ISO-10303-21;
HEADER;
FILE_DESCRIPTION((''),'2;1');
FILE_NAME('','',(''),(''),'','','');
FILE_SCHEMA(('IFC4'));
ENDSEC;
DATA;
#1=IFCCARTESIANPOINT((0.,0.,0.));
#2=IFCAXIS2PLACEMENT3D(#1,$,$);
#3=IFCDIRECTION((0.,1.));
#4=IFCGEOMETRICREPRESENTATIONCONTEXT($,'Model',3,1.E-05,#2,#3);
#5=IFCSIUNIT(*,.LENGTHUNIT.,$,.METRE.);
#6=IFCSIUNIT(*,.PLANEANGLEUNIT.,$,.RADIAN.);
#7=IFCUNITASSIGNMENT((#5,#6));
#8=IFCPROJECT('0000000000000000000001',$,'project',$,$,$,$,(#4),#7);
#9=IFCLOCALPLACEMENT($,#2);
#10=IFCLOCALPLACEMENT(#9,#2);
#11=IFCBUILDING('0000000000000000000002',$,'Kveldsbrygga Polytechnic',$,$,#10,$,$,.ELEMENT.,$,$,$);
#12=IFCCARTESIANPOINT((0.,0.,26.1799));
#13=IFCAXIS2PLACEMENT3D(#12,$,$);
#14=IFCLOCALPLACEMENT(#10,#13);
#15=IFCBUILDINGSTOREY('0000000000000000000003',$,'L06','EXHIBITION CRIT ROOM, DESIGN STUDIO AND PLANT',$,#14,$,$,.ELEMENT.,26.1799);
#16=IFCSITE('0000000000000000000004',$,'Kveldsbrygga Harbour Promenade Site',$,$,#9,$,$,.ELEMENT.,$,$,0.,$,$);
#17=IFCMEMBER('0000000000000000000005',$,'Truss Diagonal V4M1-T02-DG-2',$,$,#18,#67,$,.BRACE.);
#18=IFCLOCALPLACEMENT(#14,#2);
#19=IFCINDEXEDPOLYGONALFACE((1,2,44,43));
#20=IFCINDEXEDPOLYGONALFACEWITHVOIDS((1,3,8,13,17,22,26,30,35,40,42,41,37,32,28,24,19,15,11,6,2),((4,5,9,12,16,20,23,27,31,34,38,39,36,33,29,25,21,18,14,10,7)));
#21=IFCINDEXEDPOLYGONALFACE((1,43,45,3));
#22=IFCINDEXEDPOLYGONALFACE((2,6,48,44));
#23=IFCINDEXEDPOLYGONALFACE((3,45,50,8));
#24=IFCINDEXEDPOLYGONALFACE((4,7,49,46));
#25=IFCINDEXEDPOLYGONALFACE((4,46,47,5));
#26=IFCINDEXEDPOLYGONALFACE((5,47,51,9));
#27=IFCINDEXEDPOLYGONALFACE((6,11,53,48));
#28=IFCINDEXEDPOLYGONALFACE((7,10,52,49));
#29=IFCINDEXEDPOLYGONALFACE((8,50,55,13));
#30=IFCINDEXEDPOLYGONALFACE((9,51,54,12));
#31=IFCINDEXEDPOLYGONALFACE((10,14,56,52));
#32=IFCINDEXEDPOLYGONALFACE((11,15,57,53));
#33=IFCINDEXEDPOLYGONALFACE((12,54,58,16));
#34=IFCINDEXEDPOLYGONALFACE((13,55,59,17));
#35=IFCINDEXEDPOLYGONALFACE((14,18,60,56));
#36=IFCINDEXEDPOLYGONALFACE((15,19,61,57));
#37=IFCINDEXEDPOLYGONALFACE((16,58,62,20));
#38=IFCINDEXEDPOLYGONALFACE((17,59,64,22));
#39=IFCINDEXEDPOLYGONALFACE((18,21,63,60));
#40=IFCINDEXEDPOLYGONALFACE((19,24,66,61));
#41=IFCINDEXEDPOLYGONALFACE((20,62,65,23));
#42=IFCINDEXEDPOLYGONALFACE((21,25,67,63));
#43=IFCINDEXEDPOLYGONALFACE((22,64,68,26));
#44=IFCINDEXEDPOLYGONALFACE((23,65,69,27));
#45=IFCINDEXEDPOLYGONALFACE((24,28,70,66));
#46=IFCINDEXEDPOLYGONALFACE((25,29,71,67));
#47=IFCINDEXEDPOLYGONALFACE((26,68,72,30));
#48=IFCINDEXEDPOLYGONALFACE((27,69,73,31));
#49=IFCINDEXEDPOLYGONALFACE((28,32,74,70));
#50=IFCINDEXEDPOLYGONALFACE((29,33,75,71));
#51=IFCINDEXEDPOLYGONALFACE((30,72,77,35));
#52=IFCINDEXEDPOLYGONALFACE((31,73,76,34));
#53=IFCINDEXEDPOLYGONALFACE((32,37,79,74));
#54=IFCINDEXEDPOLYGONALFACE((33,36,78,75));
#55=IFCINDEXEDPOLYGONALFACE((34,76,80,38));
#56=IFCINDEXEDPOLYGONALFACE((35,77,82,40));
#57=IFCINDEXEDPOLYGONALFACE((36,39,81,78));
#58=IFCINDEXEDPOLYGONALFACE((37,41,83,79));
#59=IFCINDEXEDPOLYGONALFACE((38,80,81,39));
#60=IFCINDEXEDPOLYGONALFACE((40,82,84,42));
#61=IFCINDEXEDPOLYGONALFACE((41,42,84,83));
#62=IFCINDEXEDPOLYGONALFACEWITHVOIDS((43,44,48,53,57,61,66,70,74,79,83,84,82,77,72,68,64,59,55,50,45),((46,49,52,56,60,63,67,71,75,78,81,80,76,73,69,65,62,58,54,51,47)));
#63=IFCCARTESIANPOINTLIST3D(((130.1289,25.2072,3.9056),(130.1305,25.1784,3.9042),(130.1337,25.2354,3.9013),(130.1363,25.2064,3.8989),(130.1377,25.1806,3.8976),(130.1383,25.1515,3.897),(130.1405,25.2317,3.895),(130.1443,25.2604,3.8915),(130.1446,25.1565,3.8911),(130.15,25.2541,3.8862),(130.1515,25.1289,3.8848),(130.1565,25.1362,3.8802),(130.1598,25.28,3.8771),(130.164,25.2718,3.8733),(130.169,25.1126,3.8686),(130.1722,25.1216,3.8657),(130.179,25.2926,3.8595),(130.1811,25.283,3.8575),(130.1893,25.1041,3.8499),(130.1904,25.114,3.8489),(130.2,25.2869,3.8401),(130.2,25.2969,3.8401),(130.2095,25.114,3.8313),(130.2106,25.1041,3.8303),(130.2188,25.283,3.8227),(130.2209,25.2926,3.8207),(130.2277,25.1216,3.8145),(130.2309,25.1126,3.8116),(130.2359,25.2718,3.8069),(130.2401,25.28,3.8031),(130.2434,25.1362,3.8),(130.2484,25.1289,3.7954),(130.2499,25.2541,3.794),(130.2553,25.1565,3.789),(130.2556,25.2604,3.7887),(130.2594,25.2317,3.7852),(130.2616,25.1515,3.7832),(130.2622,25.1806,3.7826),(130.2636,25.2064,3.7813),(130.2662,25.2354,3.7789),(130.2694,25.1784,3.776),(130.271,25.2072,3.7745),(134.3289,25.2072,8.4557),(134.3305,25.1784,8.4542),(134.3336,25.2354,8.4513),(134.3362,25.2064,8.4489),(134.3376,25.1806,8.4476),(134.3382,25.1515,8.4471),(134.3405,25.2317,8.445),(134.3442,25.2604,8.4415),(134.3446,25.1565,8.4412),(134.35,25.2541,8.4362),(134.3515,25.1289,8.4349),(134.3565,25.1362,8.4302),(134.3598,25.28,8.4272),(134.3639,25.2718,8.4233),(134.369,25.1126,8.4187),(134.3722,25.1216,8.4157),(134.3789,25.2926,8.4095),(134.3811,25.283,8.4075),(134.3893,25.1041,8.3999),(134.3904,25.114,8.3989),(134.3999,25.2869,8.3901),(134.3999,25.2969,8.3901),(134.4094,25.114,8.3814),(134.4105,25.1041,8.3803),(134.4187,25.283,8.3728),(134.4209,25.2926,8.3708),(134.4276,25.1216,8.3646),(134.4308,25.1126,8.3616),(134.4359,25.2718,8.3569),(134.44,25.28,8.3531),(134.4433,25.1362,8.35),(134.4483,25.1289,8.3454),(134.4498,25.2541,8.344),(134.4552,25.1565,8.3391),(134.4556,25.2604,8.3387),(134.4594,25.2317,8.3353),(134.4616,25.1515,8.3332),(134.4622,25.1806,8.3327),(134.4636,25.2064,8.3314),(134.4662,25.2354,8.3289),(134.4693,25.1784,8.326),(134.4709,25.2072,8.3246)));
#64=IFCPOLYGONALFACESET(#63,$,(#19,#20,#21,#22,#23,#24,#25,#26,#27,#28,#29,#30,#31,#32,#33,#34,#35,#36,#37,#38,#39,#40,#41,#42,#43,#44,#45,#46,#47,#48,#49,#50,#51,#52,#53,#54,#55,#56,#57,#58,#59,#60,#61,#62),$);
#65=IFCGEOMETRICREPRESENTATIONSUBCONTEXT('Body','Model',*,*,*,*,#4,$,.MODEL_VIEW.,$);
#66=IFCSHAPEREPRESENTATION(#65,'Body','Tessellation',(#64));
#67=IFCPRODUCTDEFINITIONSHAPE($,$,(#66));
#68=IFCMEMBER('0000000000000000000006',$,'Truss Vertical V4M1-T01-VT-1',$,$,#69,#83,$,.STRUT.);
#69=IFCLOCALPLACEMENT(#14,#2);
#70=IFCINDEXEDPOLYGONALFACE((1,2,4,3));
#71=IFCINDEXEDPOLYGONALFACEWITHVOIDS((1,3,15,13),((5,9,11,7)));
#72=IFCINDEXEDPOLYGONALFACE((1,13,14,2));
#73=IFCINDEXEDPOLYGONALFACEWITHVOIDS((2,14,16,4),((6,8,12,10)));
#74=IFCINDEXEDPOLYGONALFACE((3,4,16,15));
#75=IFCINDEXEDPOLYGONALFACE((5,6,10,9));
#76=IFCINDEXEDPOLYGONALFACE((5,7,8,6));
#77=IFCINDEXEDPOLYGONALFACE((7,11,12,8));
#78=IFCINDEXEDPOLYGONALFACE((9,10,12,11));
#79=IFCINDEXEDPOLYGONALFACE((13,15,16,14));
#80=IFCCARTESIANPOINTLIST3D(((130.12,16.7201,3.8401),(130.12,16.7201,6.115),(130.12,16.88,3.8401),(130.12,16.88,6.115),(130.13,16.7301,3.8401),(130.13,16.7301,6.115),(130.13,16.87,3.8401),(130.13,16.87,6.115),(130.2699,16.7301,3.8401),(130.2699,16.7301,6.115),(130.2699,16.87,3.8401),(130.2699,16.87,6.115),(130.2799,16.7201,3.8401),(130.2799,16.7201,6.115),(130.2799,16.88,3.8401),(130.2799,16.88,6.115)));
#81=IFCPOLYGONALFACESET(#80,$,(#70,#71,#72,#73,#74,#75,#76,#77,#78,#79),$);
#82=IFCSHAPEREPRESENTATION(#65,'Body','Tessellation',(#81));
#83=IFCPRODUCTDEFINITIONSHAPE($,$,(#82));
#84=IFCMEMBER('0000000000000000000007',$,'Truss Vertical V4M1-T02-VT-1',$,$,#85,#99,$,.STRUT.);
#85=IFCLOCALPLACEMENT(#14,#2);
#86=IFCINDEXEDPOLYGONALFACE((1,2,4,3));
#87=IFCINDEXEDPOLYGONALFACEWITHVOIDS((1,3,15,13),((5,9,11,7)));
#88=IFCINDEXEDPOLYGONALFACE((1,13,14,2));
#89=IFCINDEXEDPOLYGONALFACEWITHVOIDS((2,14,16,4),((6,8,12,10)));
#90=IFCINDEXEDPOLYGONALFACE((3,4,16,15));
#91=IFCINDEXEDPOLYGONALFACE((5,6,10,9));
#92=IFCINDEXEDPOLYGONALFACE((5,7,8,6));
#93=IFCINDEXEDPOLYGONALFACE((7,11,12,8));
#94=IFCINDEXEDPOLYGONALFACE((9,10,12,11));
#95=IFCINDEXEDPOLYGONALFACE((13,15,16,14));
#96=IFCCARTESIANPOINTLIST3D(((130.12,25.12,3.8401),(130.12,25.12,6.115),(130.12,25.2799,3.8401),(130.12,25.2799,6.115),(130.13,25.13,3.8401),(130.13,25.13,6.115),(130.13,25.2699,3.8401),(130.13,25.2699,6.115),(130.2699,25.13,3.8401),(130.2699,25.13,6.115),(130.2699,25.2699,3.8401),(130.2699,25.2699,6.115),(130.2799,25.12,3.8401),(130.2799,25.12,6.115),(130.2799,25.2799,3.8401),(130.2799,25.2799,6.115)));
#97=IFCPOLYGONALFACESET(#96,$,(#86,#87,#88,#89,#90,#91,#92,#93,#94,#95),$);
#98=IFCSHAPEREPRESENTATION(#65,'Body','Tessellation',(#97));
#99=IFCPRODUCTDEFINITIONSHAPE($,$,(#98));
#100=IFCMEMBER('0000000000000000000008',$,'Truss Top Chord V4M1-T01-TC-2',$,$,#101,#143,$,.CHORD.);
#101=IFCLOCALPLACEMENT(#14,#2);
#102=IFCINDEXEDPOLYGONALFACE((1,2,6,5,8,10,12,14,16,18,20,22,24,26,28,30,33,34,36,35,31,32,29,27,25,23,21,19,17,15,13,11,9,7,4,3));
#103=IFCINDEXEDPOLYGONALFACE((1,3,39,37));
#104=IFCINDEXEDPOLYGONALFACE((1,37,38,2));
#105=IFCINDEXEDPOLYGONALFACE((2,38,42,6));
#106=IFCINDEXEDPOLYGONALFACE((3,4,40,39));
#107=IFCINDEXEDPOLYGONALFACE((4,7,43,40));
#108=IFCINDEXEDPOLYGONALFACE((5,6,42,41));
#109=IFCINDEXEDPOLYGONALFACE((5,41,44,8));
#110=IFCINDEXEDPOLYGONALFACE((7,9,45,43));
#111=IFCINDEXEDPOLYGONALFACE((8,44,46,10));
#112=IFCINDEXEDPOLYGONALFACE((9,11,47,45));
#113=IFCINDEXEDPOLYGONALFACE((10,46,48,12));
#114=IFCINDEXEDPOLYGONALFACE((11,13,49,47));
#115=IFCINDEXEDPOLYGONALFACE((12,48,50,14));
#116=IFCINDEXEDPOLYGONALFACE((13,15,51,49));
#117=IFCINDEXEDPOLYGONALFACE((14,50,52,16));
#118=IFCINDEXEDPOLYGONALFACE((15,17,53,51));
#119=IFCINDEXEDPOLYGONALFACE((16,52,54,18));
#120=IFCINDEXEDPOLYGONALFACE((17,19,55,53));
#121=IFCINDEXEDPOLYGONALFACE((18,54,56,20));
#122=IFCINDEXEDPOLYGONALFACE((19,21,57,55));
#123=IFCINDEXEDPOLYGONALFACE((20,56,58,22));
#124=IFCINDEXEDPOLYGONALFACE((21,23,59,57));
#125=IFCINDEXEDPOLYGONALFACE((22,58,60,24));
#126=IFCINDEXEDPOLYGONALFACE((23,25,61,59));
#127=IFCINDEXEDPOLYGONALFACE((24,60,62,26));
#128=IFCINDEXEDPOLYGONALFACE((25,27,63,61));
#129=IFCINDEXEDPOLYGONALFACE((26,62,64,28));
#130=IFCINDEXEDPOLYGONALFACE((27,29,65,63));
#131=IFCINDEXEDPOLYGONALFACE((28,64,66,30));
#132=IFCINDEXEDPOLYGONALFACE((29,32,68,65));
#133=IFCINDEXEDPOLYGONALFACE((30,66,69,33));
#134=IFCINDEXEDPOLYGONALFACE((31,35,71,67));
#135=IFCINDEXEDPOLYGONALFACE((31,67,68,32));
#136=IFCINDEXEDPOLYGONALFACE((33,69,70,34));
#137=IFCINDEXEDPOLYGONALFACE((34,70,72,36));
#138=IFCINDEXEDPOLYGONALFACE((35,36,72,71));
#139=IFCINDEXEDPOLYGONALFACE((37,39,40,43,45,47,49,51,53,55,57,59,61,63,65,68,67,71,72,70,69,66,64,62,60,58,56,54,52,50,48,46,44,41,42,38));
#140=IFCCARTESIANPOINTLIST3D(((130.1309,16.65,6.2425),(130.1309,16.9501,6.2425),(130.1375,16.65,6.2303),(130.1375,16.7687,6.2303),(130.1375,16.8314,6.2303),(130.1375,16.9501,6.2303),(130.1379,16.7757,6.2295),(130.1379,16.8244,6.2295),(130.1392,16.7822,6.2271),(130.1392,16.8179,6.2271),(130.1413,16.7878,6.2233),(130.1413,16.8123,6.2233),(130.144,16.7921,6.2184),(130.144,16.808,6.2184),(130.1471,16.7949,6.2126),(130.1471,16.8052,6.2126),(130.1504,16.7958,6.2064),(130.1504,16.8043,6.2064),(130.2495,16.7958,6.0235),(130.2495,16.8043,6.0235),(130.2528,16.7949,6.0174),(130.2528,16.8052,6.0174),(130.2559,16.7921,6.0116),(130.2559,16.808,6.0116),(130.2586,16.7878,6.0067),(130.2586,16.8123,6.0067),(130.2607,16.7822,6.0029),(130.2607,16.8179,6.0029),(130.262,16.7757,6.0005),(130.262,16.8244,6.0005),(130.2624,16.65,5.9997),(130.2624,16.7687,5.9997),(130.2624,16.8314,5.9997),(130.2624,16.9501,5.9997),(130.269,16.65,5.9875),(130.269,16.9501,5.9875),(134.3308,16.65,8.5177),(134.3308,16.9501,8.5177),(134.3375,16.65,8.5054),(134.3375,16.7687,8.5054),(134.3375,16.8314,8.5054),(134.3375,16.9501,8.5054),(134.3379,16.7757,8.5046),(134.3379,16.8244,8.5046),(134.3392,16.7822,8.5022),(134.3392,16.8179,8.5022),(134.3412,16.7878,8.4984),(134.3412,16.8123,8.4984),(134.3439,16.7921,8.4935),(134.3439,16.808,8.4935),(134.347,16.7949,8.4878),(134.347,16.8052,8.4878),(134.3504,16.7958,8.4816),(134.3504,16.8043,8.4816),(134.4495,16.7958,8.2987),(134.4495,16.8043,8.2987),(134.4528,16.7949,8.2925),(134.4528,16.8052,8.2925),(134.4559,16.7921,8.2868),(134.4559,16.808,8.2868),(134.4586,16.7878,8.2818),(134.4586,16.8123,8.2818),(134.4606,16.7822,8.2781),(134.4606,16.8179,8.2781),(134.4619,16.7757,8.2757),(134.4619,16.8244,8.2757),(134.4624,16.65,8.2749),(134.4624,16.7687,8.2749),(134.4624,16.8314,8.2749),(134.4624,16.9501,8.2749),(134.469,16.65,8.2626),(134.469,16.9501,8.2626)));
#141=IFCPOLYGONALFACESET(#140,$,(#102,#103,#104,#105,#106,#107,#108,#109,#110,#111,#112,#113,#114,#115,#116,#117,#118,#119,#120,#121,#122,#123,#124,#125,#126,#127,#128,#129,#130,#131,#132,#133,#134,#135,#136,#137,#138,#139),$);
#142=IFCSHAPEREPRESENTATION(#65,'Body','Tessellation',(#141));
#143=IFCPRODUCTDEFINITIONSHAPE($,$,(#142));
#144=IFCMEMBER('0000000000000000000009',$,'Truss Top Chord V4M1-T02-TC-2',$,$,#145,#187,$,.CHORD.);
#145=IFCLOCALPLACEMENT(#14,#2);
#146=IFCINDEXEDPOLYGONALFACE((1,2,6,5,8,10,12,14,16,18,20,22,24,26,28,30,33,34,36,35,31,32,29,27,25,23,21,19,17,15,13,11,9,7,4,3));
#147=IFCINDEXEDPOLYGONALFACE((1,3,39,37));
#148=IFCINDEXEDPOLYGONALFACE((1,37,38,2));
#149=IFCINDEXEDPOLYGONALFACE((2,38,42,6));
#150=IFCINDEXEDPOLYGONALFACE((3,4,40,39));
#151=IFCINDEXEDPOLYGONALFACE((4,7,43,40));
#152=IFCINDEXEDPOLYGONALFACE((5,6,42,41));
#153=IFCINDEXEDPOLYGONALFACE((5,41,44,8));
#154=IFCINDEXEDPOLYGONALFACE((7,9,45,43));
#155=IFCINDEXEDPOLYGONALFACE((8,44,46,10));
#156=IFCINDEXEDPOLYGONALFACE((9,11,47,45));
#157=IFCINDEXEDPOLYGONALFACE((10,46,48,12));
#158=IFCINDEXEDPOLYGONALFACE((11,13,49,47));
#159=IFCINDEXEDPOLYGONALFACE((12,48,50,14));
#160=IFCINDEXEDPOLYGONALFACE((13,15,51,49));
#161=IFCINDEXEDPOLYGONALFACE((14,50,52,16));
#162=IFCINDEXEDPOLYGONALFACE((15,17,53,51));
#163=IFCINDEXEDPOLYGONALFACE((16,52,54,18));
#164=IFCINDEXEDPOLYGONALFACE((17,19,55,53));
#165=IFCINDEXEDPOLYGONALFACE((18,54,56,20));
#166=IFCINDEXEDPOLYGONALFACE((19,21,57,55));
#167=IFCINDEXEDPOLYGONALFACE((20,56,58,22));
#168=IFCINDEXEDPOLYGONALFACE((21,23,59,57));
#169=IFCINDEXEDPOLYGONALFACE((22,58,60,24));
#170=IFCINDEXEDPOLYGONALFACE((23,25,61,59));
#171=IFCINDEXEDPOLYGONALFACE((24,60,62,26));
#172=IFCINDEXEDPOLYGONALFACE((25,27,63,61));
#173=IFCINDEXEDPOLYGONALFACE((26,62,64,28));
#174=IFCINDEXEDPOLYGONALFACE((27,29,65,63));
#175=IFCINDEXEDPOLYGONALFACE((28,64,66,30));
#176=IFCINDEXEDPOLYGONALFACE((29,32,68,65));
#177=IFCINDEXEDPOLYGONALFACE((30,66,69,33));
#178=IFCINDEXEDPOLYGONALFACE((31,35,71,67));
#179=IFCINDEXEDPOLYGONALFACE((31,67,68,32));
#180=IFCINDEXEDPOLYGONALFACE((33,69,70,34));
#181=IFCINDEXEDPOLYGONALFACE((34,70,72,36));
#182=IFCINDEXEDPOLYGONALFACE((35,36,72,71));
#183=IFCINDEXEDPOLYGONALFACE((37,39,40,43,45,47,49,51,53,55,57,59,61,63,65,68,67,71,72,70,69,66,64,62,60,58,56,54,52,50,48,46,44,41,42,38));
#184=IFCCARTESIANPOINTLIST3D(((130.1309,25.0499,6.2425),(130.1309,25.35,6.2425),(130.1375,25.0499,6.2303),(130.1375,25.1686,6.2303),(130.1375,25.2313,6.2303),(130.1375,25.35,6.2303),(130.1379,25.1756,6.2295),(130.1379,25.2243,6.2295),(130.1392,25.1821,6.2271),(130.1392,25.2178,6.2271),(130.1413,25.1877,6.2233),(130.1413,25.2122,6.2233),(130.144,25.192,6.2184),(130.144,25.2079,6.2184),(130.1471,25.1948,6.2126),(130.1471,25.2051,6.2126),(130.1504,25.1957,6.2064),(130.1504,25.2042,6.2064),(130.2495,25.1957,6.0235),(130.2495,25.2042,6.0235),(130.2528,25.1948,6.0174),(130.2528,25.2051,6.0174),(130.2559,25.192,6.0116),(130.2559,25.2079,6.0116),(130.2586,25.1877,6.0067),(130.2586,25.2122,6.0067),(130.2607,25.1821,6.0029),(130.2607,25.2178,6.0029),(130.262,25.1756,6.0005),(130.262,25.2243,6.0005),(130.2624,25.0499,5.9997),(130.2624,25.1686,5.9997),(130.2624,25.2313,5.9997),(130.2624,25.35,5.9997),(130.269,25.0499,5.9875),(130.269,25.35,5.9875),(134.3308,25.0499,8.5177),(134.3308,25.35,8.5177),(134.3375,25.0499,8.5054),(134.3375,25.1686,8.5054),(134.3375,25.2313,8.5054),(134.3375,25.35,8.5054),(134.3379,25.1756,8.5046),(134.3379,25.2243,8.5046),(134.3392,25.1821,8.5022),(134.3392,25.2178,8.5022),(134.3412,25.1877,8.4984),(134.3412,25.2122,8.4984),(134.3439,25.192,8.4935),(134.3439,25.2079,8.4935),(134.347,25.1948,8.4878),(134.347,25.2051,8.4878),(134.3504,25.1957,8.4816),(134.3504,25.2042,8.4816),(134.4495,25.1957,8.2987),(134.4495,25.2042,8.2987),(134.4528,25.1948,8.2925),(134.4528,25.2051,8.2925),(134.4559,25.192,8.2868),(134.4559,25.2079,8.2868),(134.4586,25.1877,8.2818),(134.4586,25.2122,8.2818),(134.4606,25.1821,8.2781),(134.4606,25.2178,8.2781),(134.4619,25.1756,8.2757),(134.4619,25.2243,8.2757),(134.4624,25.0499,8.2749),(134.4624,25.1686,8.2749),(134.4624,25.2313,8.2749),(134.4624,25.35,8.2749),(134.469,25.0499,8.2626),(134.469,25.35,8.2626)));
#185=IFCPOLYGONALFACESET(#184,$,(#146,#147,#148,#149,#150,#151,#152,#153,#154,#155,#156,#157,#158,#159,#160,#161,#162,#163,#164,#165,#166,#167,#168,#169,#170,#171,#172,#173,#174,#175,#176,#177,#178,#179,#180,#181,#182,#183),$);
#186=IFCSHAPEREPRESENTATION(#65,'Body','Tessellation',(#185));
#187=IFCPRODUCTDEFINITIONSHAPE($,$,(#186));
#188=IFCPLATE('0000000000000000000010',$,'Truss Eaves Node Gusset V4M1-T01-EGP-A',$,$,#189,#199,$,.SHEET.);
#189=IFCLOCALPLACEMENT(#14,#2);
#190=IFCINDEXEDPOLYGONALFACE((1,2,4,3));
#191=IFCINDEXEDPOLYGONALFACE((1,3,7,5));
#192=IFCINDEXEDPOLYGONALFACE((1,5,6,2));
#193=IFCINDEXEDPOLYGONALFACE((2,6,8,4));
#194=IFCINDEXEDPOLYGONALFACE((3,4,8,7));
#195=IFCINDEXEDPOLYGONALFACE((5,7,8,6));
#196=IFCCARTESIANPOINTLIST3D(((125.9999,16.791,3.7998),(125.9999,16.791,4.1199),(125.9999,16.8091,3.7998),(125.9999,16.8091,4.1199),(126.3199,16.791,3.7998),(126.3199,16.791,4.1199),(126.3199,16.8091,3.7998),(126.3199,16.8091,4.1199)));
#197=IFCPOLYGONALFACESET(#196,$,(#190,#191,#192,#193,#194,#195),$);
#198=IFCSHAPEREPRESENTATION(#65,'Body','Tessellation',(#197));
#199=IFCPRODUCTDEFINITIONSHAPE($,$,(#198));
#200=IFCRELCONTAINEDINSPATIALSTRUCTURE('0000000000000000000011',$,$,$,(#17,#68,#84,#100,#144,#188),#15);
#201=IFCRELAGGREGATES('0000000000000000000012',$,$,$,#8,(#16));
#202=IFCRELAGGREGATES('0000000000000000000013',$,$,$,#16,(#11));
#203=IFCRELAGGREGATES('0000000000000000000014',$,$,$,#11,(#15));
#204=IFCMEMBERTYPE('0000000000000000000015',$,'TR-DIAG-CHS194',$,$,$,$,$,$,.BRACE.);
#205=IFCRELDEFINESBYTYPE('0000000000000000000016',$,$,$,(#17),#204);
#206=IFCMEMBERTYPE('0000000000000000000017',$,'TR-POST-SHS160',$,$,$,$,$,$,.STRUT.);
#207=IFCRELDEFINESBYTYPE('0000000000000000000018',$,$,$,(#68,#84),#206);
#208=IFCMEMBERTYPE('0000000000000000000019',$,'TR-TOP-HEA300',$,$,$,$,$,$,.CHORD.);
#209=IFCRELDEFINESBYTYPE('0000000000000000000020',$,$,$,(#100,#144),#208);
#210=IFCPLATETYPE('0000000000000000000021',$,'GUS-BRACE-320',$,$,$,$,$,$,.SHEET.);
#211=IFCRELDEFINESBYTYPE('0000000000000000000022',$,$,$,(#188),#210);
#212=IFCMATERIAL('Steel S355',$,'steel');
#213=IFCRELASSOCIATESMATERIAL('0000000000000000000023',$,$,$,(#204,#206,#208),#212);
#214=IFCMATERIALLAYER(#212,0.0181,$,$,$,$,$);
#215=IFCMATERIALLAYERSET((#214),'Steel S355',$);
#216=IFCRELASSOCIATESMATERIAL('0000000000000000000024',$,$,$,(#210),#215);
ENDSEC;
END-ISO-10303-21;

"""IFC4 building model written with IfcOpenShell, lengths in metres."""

from ifc_helpers import new_model, si_unit, direction, frame, origin, origin_2d, place, context, subcontext, project, spatial, rectangle, hollow_rectangle, hollow_circle, i_section, extrude, material, layer, layer_set, material_profile, profile_set, type_object, element, save


model = new_model("IFC4")

# Units and contexts
model_context = context("Model", 3, precision=1e-05, world=origin(), true_north=direction((0.0, 1.0)))
body_context = subcontext(model_context, "Body", "Model", "MODEL_VIEW")
ifc_project = project(units=[si_unit("LENGTHUNIT", "METRE"), si_unit("PLANEANGLEUNIT", "RADIAN")], contexts=[model_context])

# Site, building, storey
site_placement = place(None, origin())
site = spatial("IfcSite", under=ifc_project, at=site_placement, Name="Kveldsbrygga Harbour Promenade Site", CompositionType="ELEMENT", RefElevation=0.0)
building_placement = place(site_placement, origin())
building = spatial("IfcBuilding", under=site, at=building_placement, Name="Kveldsbrygga Polytechnic", CompositionType="ELEMENT")
storey_placement = place(building_placement, frame((0.0, 0.0, 26.1799)))
storey = spatial("IfcBuildingStorey", under=building, at=storey_placement, Name="L06", Description="EXHIBITION CRIT ROOM, DESIGN STUDIO AND PLANT", CompositionType="ELEMENT", Elevation=26.1799)

# Members
ifc_material_1 = material(Name="Steel S355", Category="steel")
ifc_material_profile_1 = material_profile(ifc_material_1, hollow_circle(Radius=0.0969, WallThickness=0.01, at=origin_2d()), Name="CHS 193.7x10.0")
ifc_profile_set_1 = profile_set([ifc_material_profile_1], Name="Steel S355")
member_type_1 = type_object("IfcMemberType", Name="TR-DIAG-CHS194", PredefinedType="BRACE", material=ifc_profile_set_1)
for number, where, z_axis, x_axis, name in (
    (1, (130.2, 25.2, 3.8401), (0.678272, 0.0, 0.734811), (0.0, 1.0, 0.0), "Truss Diagonal V4M1-T02-DG-2"),
):
    element("IfcMember", number, at=place(storey_placement, frame(where, z_axis=z_axis, x_axis=x_axis)), inside=storey, type_object=member_type_1, Name=name, PredefinedType="BRACE", context=body_context, shape_type="SweptSolid", body=[
        extrude(hollow_circle(Radius=0.0969, WallThickness=0.01, at=origin_2d()), origin(), (0.0, 0.0, 1.0), 6.1921),
    ])
ifc_material_profile_2 = material_profile(ifc_material_1, hollow_rectangle(XDim=0.1599, YDim=0.1599, WallThickness=0.01, at=origin_2d()), Name="SHS 160x160x10.0")
ifc_profile_set_2 = profile_set([ifc_material_profile_2], Name="Steel S355")
member_type_2 = type_object("IfcMemberType", Name="TR-POST-SHS160", PredefinedType="STRUT", material=ifc_profile_set_2)
for number, where, z_axis, x_axis, name in (
    (2, (130.2, 16.8, 3.8401), (0.0, 0.0, 1.0), (1.0, 0.0, 0.0), "Truss Vertical V4M1-T01-VT-1"),
    (3, (130.2, 25.2, 3.8401), (0.0, 0.0, 1.0), (1.0, 0.0, 0.0), "Truss Vertical V4M1-T02-VT-1"),
):
    element("IfcMember", number, at=place(storey_placement, frame(where, z_axis=z_axis, x_axis=x_axis)), inside=storey, type_object=member_type_2, Name=name, PredefinedType="STRUT", context=body_context, shape_type="SweptSolid", body=[
        extrude(hollow_rectangle(XDim=0.1599, YDim=0.1599, WallThickness=0.01, at=origin_2d()), origin(), (0.0, 0.0, 1.0), 2.2749),
    ])
ifc_material_profile_3 = material_profile(ifc_material_1, i_section(OverallWidth=0.3, OverallDepth=0.29, WebThickness=0.0085, FlangeThickness=0.0139, FilletRadius=0.0271, at=origin_2d()), Name="HEA 300")
ifc_profile_set_3 = profile_set([ifc_material_profile_3], Name="Steel S355")
member_type_3 = type_object("IfcMemberType", Name="TR-TOP-HEA300", PredefinedType="CHORD", material=ifc_profile_set_3)
for number, where, z_axis, x_axis, name in (
    (4, (130.2, 16.8, 6.115), (0.879277, 0.0, 0.476311), (0.0, 1.0, 0.0), "Truss Top Chord V4M1-T01-TC-2"),
    (5, (130.2, 25.2, 6.115), (0.879277, 0.0, 0.476311), (0.0, 1.0, 0.0), "Truss Top Chord V4M1-T02-TC-2"),
):
    element("IfcMember", number, at=place(storey_placement, frame(where, z_axis=z_axis, x_axis=x_axis)), inside=storey, type_object=member_type_3, Name=name, PredefinedType="CHORD", context=body_context, shape_type="SweptSolid", body=[
        extrude(i_section(OverallWidth=0.3, OverallDepth=0.29, WebThickness=0.0085, FlangeThickness=0.0139, FilletRadius=0.0271, at=origin_2d()), origin(), (0.0, 0.0, 1.0), 4.7766),
    ])

# Plate
ifc_layer_1 = layer(ifc_material_1, 0.0181)
ifc_layer_set_1 = layer_set([ifc_layer_1], Name="Steel S355")
plate_type_1 = type_object("IfcPlateType", Name="GUS-BRACE-320", PredefinedType="SHEET", material=ifc_layer_set_1)
for number, where, z_axis, x_axis, name in (
    (6, (126.1599, 16.8, 3.7998), (0.0, 0.0, 1.0), (1.0, 0.0, 0.0), "Truss Eaves Node Gusset V4M1-T01-EGP-A"),
):
    element("IfcPlate", number, at=place(storey_placement, frame(where, z_axis=z_axis, x_axis=x_axis)), inside=storey, type_object=plate_type_1, Name=name, PredefinedType="SHEET", context=body_context, shape_type="SweptSolid", body=[
        extrude(rectangle(XDim=0.3201, YDim=0.0181, at=origin_2d()), origin(), (0.0, 0.0, 1.0), 0.3201),
    ])

save(model, "model.ifc")
